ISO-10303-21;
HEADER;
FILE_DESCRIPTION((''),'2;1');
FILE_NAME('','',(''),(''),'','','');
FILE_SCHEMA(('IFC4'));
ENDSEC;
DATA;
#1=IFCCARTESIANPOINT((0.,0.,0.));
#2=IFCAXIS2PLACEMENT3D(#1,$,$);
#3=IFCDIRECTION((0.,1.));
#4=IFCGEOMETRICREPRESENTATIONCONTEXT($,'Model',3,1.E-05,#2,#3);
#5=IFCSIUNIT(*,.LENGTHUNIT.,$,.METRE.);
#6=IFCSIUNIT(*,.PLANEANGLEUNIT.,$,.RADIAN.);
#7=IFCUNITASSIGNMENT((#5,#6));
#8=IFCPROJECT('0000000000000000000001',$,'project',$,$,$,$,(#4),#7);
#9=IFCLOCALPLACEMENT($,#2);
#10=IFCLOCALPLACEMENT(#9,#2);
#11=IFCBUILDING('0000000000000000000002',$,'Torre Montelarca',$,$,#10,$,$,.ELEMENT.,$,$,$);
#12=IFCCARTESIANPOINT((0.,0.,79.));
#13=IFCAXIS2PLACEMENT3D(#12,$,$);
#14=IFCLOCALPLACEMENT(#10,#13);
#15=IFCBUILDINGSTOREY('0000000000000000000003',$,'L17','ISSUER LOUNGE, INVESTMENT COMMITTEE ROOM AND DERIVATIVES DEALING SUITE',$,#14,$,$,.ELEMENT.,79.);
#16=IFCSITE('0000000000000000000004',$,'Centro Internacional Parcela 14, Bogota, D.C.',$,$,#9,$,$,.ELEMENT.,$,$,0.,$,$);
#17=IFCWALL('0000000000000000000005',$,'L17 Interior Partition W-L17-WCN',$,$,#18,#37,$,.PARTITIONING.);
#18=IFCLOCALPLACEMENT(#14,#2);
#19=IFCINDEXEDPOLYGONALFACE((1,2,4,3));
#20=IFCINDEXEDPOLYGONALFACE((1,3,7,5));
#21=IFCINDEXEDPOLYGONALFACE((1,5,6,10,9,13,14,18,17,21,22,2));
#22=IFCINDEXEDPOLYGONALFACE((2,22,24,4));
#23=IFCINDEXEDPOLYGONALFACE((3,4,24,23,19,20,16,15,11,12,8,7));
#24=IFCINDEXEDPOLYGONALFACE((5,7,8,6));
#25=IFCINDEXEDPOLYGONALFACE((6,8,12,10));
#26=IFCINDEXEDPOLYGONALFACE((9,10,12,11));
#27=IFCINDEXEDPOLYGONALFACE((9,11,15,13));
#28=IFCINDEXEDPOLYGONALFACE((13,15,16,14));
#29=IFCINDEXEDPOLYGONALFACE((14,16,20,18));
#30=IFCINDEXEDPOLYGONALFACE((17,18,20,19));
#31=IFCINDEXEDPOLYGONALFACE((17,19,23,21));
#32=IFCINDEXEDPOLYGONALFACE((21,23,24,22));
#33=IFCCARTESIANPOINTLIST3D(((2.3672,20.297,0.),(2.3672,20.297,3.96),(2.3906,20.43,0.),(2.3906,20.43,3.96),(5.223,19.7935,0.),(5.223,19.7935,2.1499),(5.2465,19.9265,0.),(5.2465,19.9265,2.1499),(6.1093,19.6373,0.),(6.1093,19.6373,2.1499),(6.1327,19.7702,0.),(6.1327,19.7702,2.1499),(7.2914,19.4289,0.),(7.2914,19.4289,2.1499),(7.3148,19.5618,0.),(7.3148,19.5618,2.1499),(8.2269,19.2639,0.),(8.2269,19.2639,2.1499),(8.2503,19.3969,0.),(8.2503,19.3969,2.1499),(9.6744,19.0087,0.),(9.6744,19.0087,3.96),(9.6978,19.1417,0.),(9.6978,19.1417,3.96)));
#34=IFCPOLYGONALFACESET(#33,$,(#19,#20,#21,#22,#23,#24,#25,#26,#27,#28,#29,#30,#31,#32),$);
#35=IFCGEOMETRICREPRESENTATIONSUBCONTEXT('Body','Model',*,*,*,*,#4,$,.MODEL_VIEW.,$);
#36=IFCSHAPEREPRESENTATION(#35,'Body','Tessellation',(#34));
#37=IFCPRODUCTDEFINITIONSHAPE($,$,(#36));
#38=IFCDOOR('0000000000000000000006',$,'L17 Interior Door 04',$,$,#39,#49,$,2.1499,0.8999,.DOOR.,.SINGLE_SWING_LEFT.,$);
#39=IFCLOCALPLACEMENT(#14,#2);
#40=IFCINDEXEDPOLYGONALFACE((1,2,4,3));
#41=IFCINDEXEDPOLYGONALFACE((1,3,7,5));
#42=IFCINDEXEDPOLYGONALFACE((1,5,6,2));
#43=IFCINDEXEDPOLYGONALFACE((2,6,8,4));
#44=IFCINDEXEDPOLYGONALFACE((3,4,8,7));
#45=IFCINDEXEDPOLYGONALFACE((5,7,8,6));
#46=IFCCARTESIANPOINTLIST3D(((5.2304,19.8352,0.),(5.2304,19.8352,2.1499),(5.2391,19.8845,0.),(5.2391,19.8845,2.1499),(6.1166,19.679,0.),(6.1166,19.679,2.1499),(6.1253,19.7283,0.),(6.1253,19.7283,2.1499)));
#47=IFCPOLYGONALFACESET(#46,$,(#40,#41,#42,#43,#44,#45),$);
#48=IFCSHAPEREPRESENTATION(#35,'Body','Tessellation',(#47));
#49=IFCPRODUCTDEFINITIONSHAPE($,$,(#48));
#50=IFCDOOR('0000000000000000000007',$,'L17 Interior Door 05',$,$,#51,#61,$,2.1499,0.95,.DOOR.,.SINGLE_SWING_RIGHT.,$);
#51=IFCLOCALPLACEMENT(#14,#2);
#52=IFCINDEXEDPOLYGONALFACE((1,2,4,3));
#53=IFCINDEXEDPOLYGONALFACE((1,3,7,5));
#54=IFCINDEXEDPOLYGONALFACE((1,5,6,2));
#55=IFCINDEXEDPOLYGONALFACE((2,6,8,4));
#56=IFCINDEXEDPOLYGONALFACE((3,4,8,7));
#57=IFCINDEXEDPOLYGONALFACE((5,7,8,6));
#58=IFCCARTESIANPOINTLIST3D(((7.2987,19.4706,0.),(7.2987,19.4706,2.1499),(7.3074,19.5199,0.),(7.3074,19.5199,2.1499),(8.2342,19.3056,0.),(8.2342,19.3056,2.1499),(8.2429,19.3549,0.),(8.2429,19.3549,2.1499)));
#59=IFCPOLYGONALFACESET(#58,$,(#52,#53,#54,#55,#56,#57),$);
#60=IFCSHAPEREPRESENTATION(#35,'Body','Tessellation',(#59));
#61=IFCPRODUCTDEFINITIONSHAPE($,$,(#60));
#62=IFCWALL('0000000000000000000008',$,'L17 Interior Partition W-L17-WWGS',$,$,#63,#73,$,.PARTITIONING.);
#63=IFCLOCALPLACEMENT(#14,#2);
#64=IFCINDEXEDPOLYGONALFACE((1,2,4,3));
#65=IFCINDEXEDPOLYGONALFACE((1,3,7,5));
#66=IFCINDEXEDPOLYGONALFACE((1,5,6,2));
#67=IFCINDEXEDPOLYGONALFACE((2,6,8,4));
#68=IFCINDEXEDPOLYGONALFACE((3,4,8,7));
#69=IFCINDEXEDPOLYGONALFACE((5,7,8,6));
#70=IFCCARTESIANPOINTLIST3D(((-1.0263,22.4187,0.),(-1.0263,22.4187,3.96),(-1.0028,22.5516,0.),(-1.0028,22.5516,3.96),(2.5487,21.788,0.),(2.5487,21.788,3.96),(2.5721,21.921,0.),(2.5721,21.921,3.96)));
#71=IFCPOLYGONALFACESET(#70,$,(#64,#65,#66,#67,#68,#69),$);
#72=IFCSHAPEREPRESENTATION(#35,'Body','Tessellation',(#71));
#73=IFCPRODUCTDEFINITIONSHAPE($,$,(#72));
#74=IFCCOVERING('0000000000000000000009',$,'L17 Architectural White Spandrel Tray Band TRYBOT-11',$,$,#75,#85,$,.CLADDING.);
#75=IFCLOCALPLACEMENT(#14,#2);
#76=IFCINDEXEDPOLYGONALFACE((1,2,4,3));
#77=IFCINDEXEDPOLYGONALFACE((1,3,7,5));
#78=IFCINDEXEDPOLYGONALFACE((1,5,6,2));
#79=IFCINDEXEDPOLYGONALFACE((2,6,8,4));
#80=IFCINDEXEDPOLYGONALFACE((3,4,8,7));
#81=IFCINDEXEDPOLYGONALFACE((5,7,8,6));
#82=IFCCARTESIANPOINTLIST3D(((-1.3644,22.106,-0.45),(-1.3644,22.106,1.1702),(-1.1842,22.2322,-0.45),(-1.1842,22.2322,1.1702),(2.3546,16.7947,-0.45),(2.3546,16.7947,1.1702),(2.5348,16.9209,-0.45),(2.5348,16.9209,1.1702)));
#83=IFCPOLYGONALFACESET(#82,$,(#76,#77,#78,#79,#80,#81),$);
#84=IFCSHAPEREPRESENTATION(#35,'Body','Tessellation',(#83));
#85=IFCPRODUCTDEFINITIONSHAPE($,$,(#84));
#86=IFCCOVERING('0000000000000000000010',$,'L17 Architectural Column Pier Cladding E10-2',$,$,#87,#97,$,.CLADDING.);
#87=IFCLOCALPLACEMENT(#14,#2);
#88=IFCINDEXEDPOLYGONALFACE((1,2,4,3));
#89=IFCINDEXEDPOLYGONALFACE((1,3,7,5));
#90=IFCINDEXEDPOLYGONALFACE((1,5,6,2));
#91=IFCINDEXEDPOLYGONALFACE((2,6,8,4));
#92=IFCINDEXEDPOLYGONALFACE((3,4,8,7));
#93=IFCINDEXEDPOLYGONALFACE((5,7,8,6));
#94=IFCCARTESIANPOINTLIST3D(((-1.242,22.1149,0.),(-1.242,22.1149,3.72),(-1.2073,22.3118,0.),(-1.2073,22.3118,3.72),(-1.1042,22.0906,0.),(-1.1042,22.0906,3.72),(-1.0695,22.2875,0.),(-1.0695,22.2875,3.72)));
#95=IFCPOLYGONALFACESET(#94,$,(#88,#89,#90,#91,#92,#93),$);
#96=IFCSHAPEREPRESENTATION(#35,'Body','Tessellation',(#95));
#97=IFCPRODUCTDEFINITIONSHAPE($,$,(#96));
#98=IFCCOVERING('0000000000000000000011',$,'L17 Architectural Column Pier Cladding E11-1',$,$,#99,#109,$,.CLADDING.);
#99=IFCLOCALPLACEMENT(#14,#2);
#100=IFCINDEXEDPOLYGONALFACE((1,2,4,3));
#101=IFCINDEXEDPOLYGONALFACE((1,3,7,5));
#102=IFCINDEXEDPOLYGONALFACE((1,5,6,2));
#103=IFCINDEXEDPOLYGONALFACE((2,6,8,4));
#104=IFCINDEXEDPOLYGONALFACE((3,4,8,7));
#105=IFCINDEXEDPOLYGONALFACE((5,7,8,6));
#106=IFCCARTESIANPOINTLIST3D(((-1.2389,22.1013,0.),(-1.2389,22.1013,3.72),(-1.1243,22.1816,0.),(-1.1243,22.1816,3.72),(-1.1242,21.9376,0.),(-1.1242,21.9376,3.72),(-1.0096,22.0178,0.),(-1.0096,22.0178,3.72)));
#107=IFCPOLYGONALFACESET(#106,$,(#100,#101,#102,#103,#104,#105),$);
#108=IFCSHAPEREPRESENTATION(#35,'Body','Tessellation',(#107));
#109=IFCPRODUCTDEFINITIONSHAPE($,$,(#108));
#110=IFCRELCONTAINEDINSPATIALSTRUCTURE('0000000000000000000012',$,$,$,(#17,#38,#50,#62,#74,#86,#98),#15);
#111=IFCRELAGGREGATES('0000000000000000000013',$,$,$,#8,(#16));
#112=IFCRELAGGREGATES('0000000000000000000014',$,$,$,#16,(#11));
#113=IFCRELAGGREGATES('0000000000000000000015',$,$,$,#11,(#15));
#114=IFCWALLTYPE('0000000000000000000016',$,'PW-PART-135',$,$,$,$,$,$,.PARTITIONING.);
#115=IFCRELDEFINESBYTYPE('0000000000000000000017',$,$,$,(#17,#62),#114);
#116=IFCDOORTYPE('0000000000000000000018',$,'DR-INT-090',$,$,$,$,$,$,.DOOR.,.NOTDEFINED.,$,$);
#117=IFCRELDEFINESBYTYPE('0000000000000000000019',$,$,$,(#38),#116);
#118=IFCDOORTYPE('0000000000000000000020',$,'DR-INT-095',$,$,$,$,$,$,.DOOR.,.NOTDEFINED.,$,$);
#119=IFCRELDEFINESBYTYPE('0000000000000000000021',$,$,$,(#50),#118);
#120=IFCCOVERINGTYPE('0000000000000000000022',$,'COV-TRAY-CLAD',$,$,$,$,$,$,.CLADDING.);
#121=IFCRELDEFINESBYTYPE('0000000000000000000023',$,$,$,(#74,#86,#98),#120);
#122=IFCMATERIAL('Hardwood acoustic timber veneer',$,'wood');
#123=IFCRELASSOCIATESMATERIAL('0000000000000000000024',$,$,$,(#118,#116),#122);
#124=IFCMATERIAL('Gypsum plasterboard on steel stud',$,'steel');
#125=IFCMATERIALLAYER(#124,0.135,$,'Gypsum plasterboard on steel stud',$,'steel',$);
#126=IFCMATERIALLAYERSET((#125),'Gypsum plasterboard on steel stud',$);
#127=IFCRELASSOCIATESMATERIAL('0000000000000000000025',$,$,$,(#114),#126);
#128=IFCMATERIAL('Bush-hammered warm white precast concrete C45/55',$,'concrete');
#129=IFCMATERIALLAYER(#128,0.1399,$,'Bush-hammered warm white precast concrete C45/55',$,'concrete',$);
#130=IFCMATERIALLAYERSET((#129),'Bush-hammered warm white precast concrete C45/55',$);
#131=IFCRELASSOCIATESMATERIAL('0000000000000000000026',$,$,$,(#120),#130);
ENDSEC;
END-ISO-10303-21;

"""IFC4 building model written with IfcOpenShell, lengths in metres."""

from ifc_helpers import new_model, si_unit, direction, frame, frame_2d, origin, origin_2d, place, context, subcontext, project, spatial, rectangle, extrude, source, transform, mapped, material, layer, layer_set, type_object, element, fill, save


model = new_model("IFC4")

# Units and contexts
model_context = context("Model", 3, precision=1e-05, world=origin(), true_north=direction((0.0, 1.0)))
body_context = subcontext(model_context, "Body", "Model", "MODEL_VIEW")
ifc_project = project(units=[si_unit("LENGTHUNIT", "METRE"), si_unit("PLANEANGLEUNIT", "RADIAN")], contexts=[model_context])

# Site, building, storey
site_placement = place(None, origin())
site = spatial("IfcSite", under=ifc_project, at=site_placement, Name="Centro Internacional Parcela 14, Bogota, D.C.", CompositionType="ELEMENT", RefElevation=0.0)
building_placement = place(site_placement, origin())
building = spatial("IfcBuilding", under=site, at=building_placement, Name="Torre Montelarca", CompositionType="ELEMENT")
storey_placement = place(building_placement, frame((0.0, 0.0, 79.0)))
storey = spatial("IfcBuildingStorey", under=building, at=storey_placement, Name="L17", Description="ISSUER LOUNGE, INVESTMENT COMMITTEE ROOM AND DERIVATIVES DEALING SUITE", CompositionType="ELEMENT", Elevation=79.0)

# Shared definitions
ifc_material_1 = material(Name="Gypsum plasterboard on steel stud", Category="steel")

# Shared definitions
ifc_material_2 = material(Name="Hardwood acoustic timber veneer", Category="wood")
door_type_1 = type_object("IfcDoorType", Name="DR-INT-095", OperationType="NOTDEFINED", PredefinedType="DOOR", material=ifc_material_2)
shared_shape_1 = source(origin(), body_context, "Body", "SweptSolid", [
    extrude(rectangle(XDim=0.95, YDim=2.1499, at=frame_2d((0.4751, 1.075))), frame((0.0, 0.0249, 0.0), z_axis=(0.0, -1.0, 0.0), x_axis=(1.0, 0.0, 0.0)), (0.0, 0.0, 1.0), 0.05),
])

# Wall, openings, doors
ifc_layer_1 = layer(ifc_material_1, 0.135, Name="Gypsum plasterboard on steel stud", Category="steel")
ifc_layer_set_1 = layer_set([ifc_layer_1], Name="Gypsum plasterboard on steel stud")
wall_type_1 = type_object("IfcWallType", Name="PW-PART-135", PredefinedType="PARTITIONING", material=ifc_layer_set_1)
wall_1_placement = place(storey_placement, frame((2.3789, 20.3635, 0.0), z_axis=(0.0, 0.0, 1.0), x_axis=(0.98481, -0.173633, 0.0)))
wall_1 = element("IfcWall", 1, at=wall_1_placement, inside=storey, type_object=wall_type_1, Name="L17 Interior Partition W-L17-WCN", PredefinedType="PARTITIONING", context=body_context, shape_type="SweptSolid", body=[
    extrude(rectangle(XDim=7.4199, YDim=0.135, at=frame_2d((3.71, 0.0))), origin(), (0.0, 0.0, 1.0), 3.96),
])
opening_1_placement = place(wall_1_placement, frame((2.8999, 0.0, 0.0)))
opening_1 = element("IfcOpeningElement", 2, at=opening_1_placement, cuts=wall_1, PredefinedType="OPENING", context=body_context, shape_type="SweptSolid", body=[
    extrude(rectangle(XDim=0.8999, YDim=2.1499, at=frame_2d((0.45, 1.075))), frame((0.0, 0.0776, 0.0), z_axis=(0.0, -1.0, 0.0), x_axis=(1.0, 0.0, 0.0)), (0.0, 0.0, 1.0), 0.155),
])
opening_2_placement = place(wall_1_placement, frame((5.0, 0.0, 0.0)))
opening_2 = element("IfcOpeningElement", 3, at=opening_2_placement, cuts=wall_1, PredefinedType="OPENING", context=body_context, shape_type="SweptSolid", body=[
    extrude(rectangle(XDim=0.95, YDim=2.1499, at=frame_2d((0.4751, 1.075))), frame((0.0, 0.0776, 0.0), z_axis=(0.0, -1.0, 0.0), x_axis=(1.0, 0.0, 0.0)), (0.0, 0.0, 1.0), 0.155),
])
door_type_2 = type_object("IfcDoorType", Name="DR-INT-090", OperationType="NOTDEFINED", PredefinedType="DOOR", material=ifc_material_2)
shared_shape_2 = source(origin(), body_context, "Body", "SweptSolid", [
    extrude(rectangle(XDim=0.8999, YDim=2.1499, at=frame_2d((0.45, 1.075))), frame((0.0, 0.0249, 0.0), z_axis=(0.0, -1.0, 0.0), x_axis=(1.0, 0.0, 0.0)), (0.0, 0.0, 1.0), 0.05),
])
door_1_placement = place(opening_1_placement, origin())
door_1 = element("IfcDoor", 4, at=door_1_placement, inside=storey, type_object=door_type_2, Name="L17 Interior Door 04", OperationType="SINGLE_SWING_LEFT", OverallHeight=2.1499, OverallWidth=0.8999, PredefinedType="DOOR", context=body_context, shape_type="MappedRepresentation", body=[
    mapped(shared_shape_2, transform((0.0, 0.0, 0.0), scale=1.0)),
])
fill(opening_1, door_1)
door_2_placement = place(opening_2_placement, origin())
door_2 = element("IfcDoor", 5, at=door_2_placement, inside=storey, type_object=door_type_1, Name="L17 Interior Door 05", OperationType="SINGLE_SWING_RIGHT", OverallHeight=2.1499, OverallWidth=0.95, PredefinedType="DOOR", context=body_context, shape_type="MappedRepresentation", body=[
    mapped(shared_shape_1, transform((0.0, 0.0, 0.0), scale=1.0)),
])
fill(opening_2, door_2)

# Wall
wall_2_placement = place(storey_placement, frame((-1.0144, 22.4851, 0.0), z_axis=(0.0, 0.0, 1.0), x_axis=(0.984796, -0.173716, 0.0)))
element("IfcWall", 6, at=wall_2_placement, inside=storey, type_object=wall_type_1, Name="L17 Interior Partition W-L17-WWGS", PredefinedType="PARTITIONING", context=body_context, shape_type="SweptSolid", body=[
    extrude(rectangle(XDim=3.6301, YDim=0.135, at=frame_2d((1.8149, 0.0))), origin(), (0.0, 0.0, 1.0), 3.96),
])

# Coverings
ifc_material_3 = material(Name="Bush-hammered warm white precast concrete C45/55", Category="concrete")
ifc_layer_2 = layer(ifc_material_3, 0.1399, Name="Bush-hammered warm white precast concrete C45/55", Category="concrete")
ifc_layer_set_2 = layer_set([ifc_layer_2], Name="Bush-hammered warm white precast concrete C45/55")
covering_type = type_object("IfcCoveringType", Name="COV-TRAY-CLAD", PredefinedType="CLADDING", material=ifc_layer_set_2)
shared_shape_3 = source(origin(), body_context, "Body", "SweptSolid", [
    extrude(rectangle(XDim=6.4839, YDim=0.22, at=origin_2d()), origin(), (0.0, 0.0, 1.0), 1.6201),
])
covering_placement = place(storey_placement, frame((0.5852, 19.5134, -0.45), z_axis=(0.0, 0.0, 1.0), x_axis=(0.573571, -0.819156, 0.0)))
element("IfcCovering", 7, at=covering_placement, inside=storey, type_object=covering_type, Name="L17 Architectural White Spandrel Tray Band TRYBOT-11", PredefinedType="CLADDING", context=body_context, shape_type="MappedRepresentation", body=[
    mapped(shared_shape_3, transform((0.0, 0.0, 0.0), scale=1.0)),
])
shared_shape_4 = source(origin(), body_context, "Body", "SweptSolid", [
    extrude(rectangle(XDim=0.2, YDim=0.1399, at=origin_2d()), origin(), (0.0, 0.0, 1.0), 3.72),
])
for number, where, z_axis, x_axis, name in (
    (8, (-1.1558, 22.2012, 0.0), (0.0, 0.0, 1.0), (-0.173648, -0.984808, 0.0), "L17 Architectural Column Pier Cladding E10-2"),
    (9, (-1.1243, 22.0596, 0.0), (0.0, 0.0, 1.0), (0.573558, -0.819165, 0.0), "L17 Architectural Column Pier Cladding E11-1"),
):
    element("IfcCovering", number, at=place(storey_placement, frame(where, z_axis=z_axis, x_axis=x_axis)), inside=storey, type_object=covering_type, Name=name, PredefinedType="CLADDING", context=body_context, shape_type="MappedRepresentation", body=[
        mapped(shared_shape_4, transform((0.0, 0.0, 0.0), scale=1.0)),
    ])

save(model, "model.ifc")
